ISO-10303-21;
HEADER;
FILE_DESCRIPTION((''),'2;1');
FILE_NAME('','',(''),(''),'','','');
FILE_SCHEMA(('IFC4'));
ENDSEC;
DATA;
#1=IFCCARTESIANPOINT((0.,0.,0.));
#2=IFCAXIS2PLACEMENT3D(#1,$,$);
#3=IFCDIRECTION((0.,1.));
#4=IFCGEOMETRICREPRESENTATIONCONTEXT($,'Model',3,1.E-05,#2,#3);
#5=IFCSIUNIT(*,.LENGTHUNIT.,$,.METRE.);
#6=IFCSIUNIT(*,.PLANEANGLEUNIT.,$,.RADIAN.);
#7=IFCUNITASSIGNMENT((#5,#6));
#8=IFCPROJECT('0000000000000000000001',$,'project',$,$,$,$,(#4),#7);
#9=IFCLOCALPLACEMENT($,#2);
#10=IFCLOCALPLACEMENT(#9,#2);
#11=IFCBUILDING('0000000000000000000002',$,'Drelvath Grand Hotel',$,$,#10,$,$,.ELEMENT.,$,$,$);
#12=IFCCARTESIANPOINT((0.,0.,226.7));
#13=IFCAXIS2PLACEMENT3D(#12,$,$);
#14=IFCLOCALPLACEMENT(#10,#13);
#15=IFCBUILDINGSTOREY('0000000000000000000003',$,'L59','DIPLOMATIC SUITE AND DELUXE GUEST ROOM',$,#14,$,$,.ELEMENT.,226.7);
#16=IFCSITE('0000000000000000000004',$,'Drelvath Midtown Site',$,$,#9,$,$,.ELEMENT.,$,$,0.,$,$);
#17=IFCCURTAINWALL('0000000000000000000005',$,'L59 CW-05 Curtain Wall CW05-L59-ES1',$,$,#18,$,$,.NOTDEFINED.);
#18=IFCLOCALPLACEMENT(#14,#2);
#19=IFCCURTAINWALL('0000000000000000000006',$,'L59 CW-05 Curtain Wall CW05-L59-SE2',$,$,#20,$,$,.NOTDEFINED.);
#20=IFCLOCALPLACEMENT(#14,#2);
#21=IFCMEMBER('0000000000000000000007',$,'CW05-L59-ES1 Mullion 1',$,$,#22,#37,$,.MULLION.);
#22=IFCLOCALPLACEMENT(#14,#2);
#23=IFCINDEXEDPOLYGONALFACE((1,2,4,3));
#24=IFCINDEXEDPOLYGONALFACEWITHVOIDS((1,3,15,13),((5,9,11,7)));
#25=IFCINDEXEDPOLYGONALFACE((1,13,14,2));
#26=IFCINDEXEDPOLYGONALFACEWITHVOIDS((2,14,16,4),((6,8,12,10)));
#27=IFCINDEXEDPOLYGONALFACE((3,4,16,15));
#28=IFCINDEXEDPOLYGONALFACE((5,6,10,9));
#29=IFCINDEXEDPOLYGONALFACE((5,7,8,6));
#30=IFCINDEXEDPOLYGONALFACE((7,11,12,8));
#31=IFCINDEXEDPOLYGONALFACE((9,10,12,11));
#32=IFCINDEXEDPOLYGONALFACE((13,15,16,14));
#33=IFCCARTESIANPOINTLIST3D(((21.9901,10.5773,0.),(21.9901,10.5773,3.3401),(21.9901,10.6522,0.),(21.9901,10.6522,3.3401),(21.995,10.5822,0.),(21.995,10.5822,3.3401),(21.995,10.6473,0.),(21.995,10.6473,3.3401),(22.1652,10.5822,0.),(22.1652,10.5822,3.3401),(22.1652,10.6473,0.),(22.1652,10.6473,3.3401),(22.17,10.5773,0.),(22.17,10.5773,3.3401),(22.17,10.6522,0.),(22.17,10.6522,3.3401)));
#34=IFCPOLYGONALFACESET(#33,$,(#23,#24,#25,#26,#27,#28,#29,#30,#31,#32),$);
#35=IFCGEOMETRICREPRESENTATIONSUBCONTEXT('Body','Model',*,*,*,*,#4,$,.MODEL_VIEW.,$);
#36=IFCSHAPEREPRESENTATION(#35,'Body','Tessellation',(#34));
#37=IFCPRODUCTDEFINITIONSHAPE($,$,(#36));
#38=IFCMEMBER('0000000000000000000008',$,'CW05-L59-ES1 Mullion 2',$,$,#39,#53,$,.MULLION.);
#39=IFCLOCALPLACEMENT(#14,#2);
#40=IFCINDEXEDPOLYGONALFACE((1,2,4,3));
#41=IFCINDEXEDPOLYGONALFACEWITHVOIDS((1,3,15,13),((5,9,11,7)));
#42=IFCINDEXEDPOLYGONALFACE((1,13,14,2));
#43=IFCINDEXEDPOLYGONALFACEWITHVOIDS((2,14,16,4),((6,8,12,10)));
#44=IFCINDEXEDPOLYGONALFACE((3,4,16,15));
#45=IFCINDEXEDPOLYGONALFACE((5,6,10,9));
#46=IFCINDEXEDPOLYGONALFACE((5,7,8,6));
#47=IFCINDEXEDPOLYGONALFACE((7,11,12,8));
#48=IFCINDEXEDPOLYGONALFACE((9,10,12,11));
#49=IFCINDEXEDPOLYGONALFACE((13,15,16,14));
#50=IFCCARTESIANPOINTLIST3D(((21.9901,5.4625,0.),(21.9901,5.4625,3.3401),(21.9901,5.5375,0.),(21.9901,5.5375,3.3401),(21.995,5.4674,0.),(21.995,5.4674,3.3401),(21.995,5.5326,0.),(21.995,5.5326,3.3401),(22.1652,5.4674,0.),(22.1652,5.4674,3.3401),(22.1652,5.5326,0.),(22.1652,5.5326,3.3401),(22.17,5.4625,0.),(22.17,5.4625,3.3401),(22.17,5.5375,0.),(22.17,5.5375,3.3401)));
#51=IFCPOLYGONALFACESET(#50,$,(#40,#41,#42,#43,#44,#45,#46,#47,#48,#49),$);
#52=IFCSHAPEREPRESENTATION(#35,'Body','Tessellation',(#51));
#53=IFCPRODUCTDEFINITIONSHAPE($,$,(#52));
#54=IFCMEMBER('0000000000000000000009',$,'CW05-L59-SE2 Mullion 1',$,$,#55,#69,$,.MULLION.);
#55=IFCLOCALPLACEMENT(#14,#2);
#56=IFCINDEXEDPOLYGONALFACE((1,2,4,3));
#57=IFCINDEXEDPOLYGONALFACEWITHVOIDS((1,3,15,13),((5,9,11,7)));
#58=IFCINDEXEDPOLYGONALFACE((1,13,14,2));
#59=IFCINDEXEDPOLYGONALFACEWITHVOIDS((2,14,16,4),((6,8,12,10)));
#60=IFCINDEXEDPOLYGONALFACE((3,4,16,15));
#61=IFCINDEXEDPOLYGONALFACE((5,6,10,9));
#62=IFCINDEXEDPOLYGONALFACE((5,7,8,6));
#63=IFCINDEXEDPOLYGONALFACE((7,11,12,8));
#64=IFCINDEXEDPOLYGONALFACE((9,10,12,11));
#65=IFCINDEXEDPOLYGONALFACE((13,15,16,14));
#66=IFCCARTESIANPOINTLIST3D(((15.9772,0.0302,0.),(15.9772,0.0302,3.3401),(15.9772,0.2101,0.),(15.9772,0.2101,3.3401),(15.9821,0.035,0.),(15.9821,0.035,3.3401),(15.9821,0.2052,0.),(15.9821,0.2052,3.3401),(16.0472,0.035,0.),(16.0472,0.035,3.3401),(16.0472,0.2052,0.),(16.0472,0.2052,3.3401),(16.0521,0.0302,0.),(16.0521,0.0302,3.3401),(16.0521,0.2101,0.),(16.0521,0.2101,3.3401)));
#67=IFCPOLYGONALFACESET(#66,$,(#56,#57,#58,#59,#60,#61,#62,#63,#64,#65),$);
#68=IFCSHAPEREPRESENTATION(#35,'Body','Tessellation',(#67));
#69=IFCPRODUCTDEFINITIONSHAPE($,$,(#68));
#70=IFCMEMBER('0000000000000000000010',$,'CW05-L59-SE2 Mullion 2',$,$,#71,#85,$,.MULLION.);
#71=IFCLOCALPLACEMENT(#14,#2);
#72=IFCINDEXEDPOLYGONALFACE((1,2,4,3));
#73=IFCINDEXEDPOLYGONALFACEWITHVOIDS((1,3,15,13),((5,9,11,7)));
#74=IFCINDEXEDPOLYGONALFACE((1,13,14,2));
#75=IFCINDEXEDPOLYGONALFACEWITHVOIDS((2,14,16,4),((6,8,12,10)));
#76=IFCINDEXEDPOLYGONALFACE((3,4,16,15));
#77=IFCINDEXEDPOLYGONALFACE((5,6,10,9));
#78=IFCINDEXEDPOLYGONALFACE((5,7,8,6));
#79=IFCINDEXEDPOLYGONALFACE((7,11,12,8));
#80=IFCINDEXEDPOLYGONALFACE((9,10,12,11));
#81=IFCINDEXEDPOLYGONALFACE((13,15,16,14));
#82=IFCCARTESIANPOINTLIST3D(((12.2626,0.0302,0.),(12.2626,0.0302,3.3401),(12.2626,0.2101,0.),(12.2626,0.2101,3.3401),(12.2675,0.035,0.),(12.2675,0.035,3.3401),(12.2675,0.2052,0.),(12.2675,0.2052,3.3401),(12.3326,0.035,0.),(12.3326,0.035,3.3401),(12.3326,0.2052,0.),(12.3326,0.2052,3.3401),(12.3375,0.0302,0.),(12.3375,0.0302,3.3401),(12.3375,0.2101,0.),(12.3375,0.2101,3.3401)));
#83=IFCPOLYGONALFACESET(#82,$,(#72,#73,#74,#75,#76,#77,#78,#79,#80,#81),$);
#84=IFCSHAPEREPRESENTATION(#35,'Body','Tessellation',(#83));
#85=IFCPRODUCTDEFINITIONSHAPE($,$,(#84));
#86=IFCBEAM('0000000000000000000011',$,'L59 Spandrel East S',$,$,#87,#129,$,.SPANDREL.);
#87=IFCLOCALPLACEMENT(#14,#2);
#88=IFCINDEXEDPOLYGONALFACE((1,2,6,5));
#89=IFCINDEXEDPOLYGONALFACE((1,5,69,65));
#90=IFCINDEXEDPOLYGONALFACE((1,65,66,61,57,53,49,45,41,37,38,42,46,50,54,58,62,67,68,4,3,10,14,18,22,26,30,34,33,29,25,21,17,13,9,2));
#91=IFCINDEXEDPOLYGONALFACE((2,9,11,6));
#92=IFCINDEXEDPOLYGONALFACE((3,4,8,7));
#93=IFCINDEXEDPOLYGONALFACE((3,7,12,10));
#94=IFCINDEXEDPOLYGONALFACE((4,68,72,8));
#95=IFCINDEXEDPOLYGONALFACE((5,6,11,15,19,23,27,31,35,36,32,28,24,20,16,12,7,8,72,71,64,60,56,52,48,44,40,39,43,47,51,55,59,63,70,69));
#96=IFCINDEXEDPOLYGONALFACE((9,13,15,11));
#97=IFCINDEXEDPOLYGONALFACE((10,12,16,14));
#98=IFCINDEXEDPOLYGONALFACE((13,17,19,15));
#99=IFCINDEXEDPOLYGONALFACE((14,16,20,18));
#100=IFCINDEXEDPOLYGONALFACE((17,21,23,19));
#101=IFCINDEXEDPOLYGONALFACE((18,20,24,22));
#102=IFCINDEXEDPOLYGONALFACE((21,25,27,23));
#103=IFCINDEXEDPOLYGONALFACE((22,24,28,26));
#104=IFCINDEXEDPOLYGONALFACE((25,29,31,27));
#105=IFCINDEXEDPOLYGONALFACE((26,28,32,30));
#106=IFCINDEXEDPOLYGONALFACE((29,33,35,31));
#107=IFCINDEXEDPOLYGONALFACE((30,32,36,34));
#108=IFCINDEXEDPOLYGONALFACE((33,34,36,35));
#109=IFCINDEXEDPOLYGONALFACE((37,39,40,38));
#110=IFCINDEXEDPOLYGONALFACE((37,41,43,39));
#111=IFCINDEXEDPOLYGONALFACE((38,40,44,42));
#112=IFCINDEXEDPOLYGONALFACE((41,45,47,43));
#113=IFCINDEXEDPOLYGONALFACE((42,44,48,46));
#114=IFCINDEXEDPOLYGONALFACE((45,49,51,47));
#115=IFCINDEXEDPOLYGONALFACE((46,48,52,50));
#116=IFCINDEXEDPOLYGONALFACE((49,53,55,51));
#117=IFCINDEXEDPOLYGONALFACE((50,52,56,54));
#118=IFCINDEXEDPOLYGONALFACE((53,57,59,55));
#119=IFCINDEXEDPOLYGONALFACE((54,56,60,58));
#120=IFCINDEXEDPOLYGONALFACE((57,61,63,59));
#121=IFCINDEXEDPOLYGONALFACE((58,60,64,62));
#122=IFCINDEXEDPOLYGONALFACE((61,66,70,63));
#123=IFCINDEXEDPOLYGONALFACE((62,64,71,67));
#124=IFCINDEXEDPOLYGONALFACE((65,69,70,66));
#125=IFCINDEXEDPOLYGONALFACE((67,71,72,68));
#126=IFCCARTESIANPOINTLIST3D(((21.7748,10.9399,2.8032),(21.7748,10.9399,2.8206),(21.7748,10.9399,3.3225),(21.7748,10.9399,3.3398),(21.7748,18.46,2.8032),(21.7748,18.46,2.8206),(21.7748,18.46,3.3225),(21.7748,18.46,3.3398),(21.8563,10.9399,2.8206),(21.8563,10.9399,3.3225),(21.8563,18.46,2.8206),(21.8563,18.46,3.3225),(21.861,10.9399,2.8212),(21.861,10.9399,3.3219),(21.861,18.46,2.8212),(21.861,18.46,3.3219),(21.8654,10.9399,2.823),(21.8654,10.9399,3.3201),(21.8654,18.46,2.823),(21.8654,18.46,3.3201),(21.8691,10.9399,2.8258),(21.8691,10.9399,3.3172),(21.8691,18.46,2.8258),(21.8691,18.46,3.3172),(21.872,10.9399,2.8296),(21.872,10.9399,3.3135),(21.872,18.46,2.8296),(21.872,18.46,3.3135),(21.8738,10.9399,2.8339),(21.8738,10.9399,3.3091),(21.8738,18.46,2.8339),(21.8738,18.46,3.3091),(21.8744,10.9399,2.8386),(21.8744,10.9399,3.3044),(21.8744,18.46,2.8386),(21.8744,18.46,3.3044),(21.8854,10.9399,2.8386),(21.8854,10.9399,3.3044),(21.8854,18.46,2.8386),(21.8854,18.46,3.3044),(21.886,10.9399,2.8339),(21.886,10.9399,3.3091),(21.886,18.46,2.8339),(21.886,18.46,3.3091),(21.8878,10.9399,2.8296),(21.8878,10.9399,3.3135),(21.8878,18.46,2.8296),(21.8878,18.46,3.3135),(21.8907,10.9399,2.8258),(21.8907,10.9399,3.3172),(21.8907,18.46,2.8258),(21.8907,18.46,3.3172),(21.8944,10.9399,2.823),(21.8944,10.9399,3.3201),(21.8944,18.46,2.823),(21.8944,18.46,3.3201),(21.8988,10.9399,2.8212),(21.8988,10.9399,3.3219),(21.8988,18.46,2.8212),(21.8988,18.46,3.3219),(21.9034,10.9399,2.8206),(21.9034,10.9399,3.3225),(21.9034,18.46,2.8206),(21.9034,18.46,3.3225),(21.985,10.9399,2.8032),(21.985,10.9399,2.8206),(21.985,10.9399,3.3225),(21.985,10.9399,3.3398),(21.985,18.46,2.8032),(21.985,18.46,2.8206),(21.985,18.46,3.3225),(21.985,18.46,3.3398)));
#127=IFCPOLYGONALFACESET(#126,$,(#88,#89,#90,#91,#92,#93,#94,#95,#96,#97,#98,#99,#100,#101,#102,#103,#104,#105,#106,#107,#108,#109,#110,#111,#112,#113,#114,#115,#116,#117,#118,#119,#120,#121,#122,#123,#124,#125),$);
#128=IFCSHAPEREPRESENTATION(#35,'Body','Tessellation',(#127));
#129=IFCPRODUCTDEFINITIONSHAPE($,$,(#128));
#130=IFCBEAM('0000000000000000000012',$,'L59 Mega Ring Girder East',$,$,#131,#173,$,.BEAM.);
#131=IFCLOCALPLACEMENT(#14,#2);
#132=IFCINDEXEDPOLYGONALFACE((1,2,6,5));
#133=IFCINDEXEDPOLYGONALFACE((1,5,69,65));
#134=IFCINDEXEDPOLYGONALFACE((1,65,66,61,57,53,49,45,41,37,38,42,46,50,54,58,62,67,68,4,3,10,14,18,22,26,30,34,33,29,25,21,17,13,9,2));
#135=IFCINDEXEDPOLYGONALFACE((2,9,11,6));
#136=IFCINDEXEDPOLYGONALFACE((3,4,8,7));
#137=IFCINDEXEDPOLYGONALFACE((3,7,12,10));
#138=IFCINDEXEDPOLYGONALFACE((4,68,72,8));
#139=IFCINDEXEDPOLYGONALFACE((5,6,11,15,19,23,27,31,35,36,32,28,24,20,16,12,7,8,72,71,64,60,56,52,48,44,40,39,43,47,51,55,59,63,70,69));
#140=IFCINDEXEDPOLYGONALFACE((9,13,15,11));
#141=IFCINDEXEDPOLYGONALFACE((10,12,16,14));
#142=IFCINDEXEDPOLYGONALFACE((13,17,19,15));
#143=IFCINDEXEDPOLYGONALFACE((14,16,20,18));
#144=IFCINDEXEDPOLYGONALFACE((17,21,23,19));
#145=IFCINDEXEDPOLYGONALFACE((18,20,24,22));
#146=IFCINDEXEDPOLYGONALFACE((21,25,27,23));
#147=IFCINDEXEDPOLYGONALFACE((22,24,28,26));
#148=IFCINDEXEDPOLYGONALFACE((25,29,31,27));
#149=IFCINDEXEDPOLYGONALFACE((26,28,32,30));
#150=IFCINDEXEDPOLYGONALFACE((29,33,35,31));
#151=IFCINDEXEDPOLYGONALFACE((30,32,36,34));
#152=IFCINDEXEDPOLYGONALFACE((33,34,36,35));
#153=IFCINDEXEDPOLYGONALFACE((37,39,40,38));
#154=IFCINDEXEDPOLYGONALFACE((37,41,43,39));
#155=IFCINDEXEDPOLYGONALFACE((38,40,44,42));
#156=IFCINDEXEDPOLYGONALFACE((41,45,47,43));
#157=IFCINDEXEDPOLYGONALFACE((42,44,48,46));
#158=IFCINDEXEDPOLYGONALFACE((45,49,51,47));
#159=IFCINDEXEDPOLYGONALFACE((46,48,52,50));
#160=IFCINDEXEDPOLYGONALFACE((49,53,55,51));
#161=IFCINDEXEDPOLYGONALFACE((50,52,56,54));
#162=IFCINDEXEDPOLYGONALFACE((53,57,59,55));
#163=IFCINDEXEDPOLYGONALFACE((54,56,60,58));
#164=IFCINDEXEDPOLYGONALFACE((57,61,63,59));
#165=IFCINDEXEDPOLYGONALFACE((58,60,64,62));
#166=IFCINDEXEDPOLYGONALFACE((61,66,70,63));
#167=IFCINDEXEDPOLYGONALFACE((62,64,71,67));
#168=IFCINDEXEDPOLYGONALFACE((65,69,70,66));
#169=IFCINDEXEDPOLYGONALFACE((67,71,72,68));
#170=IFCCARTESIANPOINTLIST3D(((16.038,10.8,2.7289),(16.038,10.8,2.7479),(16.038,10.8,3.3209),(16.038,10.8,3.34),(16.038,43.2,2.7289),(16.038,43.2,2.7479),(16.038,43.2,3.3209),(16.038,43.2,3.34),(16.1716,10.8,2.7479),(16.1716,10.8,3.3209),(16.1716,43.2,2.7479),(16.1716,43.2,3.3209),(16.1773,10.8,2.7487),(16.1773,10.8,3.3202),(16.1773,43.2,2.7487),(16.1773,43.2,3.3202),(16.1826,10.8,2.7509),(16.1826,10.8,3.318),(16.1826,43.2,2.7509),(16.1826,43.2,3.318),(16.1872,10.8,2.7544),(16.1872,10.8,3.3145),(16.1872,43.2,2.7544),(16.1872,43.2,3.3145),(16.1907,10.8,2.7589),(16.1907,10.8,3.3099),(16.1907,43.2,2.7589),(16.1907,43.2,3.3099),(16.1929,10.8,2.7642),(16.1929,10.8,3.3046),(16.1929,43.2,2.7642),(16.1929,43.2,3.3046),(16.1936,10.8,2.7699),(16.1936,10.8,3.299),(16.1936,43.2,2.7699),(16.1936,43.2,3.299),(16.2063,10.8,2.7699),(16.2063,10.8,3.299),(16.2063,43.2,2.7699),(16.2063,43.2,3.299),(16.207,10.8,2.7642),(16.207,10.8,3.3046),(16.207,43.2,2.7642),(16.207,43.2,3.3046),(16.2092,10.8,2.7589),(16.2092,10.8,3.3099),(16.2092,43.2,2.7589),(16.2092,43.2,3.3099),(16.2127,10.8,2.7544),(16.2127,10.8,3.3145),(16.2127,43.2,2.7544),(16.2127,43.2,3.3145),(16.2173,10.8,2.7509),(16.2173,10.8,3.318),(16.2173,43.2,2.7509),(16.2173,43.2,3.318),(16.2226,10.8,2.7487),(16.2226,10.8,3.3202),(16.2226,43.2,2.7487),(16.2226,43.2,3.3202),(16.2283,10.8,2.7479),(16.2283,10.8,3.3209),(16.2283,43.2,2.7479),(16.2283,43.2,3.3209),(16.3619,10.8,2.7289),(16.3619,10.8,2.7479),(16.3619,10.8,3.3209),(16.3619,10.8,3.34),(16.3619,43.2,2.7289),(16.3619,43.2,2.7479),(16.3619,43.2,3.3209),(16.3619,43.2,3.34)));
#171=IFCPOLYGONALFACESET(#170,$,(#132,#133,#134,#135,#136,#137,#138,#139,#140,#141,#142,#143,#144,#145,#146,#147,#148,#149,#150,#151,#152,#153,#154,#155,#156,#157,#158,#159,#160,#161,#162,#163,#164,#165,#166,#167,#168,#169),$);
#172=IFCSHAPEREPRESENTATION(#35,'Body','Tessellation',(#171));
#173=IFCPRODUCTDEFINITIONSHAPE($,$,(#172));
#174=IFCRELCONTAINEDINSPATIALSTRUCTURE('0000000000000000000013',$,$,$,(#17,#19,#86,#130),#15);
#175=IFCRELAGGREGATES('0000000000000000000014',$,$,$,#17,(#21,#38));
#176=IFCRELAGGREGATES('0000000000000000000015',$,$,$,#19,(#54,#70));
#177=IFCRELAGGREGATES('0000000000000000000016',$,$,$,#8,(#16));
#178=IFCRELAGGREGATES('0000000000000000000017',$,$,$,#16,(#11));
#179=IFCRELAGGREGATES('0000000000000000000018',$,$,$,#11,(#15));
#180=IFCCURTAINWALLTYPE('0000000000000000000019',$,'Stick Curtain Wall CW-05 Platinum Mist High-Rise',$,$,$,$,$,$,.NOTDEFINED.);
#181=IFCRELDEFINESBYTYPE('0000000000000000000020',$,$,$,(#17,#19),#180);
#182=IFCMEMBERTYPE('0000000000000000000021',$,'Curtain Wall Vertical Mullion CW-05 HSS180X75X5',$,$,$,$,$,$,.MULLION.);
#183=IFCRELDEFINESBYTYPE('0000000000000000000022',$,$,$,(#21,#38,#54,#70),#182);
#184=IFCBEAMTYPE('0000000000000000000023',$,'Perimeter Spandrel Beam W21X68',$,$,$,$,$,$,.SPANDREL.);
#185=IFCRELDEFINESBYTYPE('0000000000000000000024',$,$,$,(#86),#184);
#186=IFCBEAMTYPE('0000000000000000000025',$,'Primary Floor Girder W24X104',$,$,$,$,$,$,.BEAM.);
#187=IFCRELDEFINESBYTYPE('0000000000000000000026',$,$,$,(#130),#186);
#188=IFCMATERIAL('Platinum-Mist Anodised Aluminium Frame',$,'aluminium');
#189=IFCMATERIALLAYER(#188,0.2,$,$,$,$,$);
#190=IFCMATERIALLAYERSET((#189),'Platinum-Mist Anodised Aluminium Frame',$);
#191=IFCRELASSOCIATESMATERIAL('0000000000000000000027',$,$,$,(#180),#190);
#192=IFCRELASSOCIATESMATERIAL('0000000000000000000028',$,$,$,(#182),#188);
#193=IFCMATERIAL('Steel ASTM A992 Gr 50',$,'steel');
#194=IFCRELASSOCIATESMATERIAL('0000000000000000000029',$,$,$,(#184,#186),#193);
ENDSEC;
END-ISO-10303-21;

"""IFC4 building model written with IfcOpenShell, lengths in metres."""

from ifc_helpers import new_model, si_unit, direction, frame, origin, origin_2d, place, context, subcontext, project, spatial, hollow_rectangle, i_section, extrude, material, layer, layer_set, material_profile, profile_set, type_object, element, aggregate, save


model = new_model("IFC4")

# Units and contexts
model_context = context("Model", 3, precision=1e-05, world=origin(), true_north=direction((0.0, 1.0)))
body_context = subcontext(model_context, "Body", "Model", "MODEL_VIEW")
ifc_project = project(units=[si_unit("LENGTHUNIT", "METRE"), si_unit("PLANEANGLEUNIT", "RADIAN")], contexts=[model_context])

# Site, building, storey
site_placement = place(None, origin())
site = spatial("IfcSite", under=ifc_project, at=site_placement, Name="Drelvath Midtown Site", CompositionType="ELEMENT", RefElevation=0.0)
building_placement = place(site_placement, origin())
building = spatial("IfcBuilding", under=site, at=building_placement, Name="Drelvath Grand Hotel", CompositionType="ELEMENT")
storey_placement = place(building_placement, frame((0.0, 0.0, 226.7)))
storey = spatial("IfcBuildingStorey", under=building, at=storey_placement, Name="L59", Description="DIPLOMATIC SUITE AND DELUXE GUEST ROOM", CompositionType="ELEMENT", Elevation=226.7)

# Shared definitions
ifc_material_1 = material(Name="Steel ASTM A992 Gr 50", Category="steel")

# Curtain walls
ifc_material_2 = material(Name="Platinum-Mist Anodised Aluminium Frame", Category="aluminium")
ifc_layer_1 = layer(ifc_material_2, 0.2)
ifc_layer_set_1 = layer_set([ifc_layer_1], Name="Platinum-Mist Anodised Aluminium Frame")
curtain_wall_type = type_object("IfcCurtainWallType", Name="Stick Curtain Wall CW-05 Platinum Mist High-Rise", PredefinedType="NOTDEFINED", material=ifc_layer_set_1)
curtain_wall_1_placement = place(storey_placement, origin())
curtain_wall_1 = element("IfcCurtainWall", 1, at=curtain_wall_1_placement, inside=storey, type_object=curtain_wall_type, Name="L59 CW-05 Curtain Wall CW05-L59-ES1", PredefinedType="NOTDEFINED")
curtain_wall_2_placement = place(storey_placement, origin())
curtain_wall_2 = element("IfcCurtainWall", 2, at=curtain_wall_2_placement, inside=storey, type_object=curtain_wall_type, Name="L59 CW-05 Curtain Wall CW05-L59-SE2", PredefinedType="NOTDEFINED")

# Members
ifc_material_profile_1 = material_profile(ifc_material_2, hollow_rectangle(XDim=0.075, YDim=0.1799, WallThickness=0.0049, at=origin_2d()), Name="HSS180X75X5")
ifc_profile_set_1 = profile_set([ifc_material_profile_1], Name="Platinum-Mist Anodised Aluminium Frame")
member_type_1 = type_object("IfcMemberType", Name="Curtain Wall Vertical Mullion CW-05 HSS180X75X5", PredefinedType="MULLION", material=ifc_profile_set_1)
member_1_placement = place(storey_placement, frame((22.0801, 10.6147, 0.0), z_axis=(0.0, 0.0, 1.0), x_axis=(0.0, 1.0, 0.0)))
member_1 = element("IfcMember", 3, at=member_1_placement, type_object=member_type_1, Name="CW05-L59-ES1 Mullion 1", PredefinedType="MULLION", context=body_context, shape_type="SweptSolid", body=[
    extrude(hollow_rectangle(XDim=0.075, YDim=0.1799, WallThickness=0.0049, at=origin_2d()), origin(), (0.0, 0.0, 1.0), 3.3401),
])
member_2_placement = place(storey_placement, frame((22.0801, 5.5, 0.0), z_axis=(0.0, 0.0, 1.0), x_axis=(0.0, 1.0, 0.0)))
member_2 = element("IfcMember", 4, at=member_2_placement, type_object=member_type_1, Name="CW05-L59-ES1 Mullion 2", PredefinedType="MULLION", context=body_context, shape_type="SweptSolid", body=[
    extrude(hollow_rectangle(XDim=0.075, YDim=0.1799, WallThickness=0.0049, at=origin_2d()), origin(), (0.0, 0.0, 1.0), 3.3401),
])
member_3_placement = place(storey_placement, frame((16.0146, 0.1201, 0.0), z_axis=(0.0, 0.0, 1.0), x_axis=(1.0, 0.0, 0.0)))
member_3 = element("IfcMember", 5, at=member_3_placement, type_object=member_type_1, Name="CW05-L59-SE2 Mullion 1", PredefinedType="MULLION", context=body_context, shape_type="SweptSolid", body=[
    extrude(hollow_rectangle(XDim=0.075, YDim=0.1799, WallThickness=0.0049, at=origin_2d()), origin(), (0.0, 0.0, 1.0), 3.3401),
])
member_4_placement = place(storey_placement, frame((12.3, 0.1201, 0.0), z_axis=(0.0, 0.0, 1.0), x_axis=(1.0, 0.0, 0.0)))
member_4 = element("IfcMember", 6, at=member_4_placement, type_object=member_type_1, Name="CW05-L59-SE2 Mullion 2", PredefinedType="MULLION", context=body_context, shape_type="SweptSolid", body=[
    extrude(hollow_rectangle(XDim=0.075, YDim=0.1799, WallThickness=0.0049, at=origin_2d()), origin(), (0.0, 0.0, 1.0), 3.3401),
])

# Beams
ifc_material_profile_2 = material_profile(ifc_material_1, i_section(OverallWidth=0.2102, OverallDepth=0.5366, WebThickness=0.011, FlangeThickness=0.0173, FilletRadius=0.0181, at=origin_2d()), Name="W21X68")
ifc_profile_set_2 = profile_set([ifc_material_profile_2], Name="Steel ASTM A992 Gr 50")
beam_type_1 = type_object("IfcBeamType", Name="Perimeter Spandrel Beam W21X68", PredefinedType="SPANDREL", material=ifc_profile_set_2)
beam_1_placement = place(storey_placement, frame((21.8799, 10.9399, 3.0715), z_axis=(0.0, 1.0, 0.0), x_axis=(-1.0, 0.0, 0.0)))
element("IfcBeam", 7, at=beam_1_placement, inside=storey, type_object=beam_type_1, Name="L59 Spandrel East S", PredefinedType="SPANDREL", context=body_context, shape_type="SweptSolid", body=[
    extrude(i_section(OverallWidth=0.2102, OverallDepth=0.5366, WebThickness=0.011, FlangeThickness=0.0173, FilletRadius=0.0181, at=origin_2d()), origin(), (0.0, 0.0, 1.0), 7.52),
])
ifc_material_profile_3 = material_profile(ifc_material_1, i_section(OverallWidth=0.324, OverallDepth=0.6111, WebThickness=0.0127, FlangeThickness=0.019, FilletRadius=0.022, at=origin_2d()), Name="W24X104")
ifc_profile_set_3 = profile_set([ifc_material_profile_3], Name="Steel ASTM A992 Gr 50")
beam_type_2 = type_object("IfcBeamType", Name="Primary Floor Girder W24X104", PredefinedType="BEAM", material=ifc_profile_set_3)
beam_2_placement = place(storey_placement, frame((16.2, 10.8, 3.0344), z_axis=(0.0, 1.0, 0.0), x_axis=(-1.0, 0.0, 0.0)))
element("IfcBeam", 8, at=beam_2_placement, inside=storey, type_object=beam_type_2, Name="L59 Mega Ring Girder East", PredefinedType="BEAM", context=body_context, shape_type="SweptSolid", body=[
    extrude(i_section(OverallWidth=0.324, OverallDepth=0.6111, WebThickness=0.0127, FlangeThickness=0.019, FilletRadius=0.022, at=origin_2d()), origin(), (0.0, 0.0, 1.0), 32.3999),
])

aggregate(curtain_wall_1, [member_1, member_2])
aggregate(curtain_wall_2, [member_3, member_4])

save(model, "model.ifc")
